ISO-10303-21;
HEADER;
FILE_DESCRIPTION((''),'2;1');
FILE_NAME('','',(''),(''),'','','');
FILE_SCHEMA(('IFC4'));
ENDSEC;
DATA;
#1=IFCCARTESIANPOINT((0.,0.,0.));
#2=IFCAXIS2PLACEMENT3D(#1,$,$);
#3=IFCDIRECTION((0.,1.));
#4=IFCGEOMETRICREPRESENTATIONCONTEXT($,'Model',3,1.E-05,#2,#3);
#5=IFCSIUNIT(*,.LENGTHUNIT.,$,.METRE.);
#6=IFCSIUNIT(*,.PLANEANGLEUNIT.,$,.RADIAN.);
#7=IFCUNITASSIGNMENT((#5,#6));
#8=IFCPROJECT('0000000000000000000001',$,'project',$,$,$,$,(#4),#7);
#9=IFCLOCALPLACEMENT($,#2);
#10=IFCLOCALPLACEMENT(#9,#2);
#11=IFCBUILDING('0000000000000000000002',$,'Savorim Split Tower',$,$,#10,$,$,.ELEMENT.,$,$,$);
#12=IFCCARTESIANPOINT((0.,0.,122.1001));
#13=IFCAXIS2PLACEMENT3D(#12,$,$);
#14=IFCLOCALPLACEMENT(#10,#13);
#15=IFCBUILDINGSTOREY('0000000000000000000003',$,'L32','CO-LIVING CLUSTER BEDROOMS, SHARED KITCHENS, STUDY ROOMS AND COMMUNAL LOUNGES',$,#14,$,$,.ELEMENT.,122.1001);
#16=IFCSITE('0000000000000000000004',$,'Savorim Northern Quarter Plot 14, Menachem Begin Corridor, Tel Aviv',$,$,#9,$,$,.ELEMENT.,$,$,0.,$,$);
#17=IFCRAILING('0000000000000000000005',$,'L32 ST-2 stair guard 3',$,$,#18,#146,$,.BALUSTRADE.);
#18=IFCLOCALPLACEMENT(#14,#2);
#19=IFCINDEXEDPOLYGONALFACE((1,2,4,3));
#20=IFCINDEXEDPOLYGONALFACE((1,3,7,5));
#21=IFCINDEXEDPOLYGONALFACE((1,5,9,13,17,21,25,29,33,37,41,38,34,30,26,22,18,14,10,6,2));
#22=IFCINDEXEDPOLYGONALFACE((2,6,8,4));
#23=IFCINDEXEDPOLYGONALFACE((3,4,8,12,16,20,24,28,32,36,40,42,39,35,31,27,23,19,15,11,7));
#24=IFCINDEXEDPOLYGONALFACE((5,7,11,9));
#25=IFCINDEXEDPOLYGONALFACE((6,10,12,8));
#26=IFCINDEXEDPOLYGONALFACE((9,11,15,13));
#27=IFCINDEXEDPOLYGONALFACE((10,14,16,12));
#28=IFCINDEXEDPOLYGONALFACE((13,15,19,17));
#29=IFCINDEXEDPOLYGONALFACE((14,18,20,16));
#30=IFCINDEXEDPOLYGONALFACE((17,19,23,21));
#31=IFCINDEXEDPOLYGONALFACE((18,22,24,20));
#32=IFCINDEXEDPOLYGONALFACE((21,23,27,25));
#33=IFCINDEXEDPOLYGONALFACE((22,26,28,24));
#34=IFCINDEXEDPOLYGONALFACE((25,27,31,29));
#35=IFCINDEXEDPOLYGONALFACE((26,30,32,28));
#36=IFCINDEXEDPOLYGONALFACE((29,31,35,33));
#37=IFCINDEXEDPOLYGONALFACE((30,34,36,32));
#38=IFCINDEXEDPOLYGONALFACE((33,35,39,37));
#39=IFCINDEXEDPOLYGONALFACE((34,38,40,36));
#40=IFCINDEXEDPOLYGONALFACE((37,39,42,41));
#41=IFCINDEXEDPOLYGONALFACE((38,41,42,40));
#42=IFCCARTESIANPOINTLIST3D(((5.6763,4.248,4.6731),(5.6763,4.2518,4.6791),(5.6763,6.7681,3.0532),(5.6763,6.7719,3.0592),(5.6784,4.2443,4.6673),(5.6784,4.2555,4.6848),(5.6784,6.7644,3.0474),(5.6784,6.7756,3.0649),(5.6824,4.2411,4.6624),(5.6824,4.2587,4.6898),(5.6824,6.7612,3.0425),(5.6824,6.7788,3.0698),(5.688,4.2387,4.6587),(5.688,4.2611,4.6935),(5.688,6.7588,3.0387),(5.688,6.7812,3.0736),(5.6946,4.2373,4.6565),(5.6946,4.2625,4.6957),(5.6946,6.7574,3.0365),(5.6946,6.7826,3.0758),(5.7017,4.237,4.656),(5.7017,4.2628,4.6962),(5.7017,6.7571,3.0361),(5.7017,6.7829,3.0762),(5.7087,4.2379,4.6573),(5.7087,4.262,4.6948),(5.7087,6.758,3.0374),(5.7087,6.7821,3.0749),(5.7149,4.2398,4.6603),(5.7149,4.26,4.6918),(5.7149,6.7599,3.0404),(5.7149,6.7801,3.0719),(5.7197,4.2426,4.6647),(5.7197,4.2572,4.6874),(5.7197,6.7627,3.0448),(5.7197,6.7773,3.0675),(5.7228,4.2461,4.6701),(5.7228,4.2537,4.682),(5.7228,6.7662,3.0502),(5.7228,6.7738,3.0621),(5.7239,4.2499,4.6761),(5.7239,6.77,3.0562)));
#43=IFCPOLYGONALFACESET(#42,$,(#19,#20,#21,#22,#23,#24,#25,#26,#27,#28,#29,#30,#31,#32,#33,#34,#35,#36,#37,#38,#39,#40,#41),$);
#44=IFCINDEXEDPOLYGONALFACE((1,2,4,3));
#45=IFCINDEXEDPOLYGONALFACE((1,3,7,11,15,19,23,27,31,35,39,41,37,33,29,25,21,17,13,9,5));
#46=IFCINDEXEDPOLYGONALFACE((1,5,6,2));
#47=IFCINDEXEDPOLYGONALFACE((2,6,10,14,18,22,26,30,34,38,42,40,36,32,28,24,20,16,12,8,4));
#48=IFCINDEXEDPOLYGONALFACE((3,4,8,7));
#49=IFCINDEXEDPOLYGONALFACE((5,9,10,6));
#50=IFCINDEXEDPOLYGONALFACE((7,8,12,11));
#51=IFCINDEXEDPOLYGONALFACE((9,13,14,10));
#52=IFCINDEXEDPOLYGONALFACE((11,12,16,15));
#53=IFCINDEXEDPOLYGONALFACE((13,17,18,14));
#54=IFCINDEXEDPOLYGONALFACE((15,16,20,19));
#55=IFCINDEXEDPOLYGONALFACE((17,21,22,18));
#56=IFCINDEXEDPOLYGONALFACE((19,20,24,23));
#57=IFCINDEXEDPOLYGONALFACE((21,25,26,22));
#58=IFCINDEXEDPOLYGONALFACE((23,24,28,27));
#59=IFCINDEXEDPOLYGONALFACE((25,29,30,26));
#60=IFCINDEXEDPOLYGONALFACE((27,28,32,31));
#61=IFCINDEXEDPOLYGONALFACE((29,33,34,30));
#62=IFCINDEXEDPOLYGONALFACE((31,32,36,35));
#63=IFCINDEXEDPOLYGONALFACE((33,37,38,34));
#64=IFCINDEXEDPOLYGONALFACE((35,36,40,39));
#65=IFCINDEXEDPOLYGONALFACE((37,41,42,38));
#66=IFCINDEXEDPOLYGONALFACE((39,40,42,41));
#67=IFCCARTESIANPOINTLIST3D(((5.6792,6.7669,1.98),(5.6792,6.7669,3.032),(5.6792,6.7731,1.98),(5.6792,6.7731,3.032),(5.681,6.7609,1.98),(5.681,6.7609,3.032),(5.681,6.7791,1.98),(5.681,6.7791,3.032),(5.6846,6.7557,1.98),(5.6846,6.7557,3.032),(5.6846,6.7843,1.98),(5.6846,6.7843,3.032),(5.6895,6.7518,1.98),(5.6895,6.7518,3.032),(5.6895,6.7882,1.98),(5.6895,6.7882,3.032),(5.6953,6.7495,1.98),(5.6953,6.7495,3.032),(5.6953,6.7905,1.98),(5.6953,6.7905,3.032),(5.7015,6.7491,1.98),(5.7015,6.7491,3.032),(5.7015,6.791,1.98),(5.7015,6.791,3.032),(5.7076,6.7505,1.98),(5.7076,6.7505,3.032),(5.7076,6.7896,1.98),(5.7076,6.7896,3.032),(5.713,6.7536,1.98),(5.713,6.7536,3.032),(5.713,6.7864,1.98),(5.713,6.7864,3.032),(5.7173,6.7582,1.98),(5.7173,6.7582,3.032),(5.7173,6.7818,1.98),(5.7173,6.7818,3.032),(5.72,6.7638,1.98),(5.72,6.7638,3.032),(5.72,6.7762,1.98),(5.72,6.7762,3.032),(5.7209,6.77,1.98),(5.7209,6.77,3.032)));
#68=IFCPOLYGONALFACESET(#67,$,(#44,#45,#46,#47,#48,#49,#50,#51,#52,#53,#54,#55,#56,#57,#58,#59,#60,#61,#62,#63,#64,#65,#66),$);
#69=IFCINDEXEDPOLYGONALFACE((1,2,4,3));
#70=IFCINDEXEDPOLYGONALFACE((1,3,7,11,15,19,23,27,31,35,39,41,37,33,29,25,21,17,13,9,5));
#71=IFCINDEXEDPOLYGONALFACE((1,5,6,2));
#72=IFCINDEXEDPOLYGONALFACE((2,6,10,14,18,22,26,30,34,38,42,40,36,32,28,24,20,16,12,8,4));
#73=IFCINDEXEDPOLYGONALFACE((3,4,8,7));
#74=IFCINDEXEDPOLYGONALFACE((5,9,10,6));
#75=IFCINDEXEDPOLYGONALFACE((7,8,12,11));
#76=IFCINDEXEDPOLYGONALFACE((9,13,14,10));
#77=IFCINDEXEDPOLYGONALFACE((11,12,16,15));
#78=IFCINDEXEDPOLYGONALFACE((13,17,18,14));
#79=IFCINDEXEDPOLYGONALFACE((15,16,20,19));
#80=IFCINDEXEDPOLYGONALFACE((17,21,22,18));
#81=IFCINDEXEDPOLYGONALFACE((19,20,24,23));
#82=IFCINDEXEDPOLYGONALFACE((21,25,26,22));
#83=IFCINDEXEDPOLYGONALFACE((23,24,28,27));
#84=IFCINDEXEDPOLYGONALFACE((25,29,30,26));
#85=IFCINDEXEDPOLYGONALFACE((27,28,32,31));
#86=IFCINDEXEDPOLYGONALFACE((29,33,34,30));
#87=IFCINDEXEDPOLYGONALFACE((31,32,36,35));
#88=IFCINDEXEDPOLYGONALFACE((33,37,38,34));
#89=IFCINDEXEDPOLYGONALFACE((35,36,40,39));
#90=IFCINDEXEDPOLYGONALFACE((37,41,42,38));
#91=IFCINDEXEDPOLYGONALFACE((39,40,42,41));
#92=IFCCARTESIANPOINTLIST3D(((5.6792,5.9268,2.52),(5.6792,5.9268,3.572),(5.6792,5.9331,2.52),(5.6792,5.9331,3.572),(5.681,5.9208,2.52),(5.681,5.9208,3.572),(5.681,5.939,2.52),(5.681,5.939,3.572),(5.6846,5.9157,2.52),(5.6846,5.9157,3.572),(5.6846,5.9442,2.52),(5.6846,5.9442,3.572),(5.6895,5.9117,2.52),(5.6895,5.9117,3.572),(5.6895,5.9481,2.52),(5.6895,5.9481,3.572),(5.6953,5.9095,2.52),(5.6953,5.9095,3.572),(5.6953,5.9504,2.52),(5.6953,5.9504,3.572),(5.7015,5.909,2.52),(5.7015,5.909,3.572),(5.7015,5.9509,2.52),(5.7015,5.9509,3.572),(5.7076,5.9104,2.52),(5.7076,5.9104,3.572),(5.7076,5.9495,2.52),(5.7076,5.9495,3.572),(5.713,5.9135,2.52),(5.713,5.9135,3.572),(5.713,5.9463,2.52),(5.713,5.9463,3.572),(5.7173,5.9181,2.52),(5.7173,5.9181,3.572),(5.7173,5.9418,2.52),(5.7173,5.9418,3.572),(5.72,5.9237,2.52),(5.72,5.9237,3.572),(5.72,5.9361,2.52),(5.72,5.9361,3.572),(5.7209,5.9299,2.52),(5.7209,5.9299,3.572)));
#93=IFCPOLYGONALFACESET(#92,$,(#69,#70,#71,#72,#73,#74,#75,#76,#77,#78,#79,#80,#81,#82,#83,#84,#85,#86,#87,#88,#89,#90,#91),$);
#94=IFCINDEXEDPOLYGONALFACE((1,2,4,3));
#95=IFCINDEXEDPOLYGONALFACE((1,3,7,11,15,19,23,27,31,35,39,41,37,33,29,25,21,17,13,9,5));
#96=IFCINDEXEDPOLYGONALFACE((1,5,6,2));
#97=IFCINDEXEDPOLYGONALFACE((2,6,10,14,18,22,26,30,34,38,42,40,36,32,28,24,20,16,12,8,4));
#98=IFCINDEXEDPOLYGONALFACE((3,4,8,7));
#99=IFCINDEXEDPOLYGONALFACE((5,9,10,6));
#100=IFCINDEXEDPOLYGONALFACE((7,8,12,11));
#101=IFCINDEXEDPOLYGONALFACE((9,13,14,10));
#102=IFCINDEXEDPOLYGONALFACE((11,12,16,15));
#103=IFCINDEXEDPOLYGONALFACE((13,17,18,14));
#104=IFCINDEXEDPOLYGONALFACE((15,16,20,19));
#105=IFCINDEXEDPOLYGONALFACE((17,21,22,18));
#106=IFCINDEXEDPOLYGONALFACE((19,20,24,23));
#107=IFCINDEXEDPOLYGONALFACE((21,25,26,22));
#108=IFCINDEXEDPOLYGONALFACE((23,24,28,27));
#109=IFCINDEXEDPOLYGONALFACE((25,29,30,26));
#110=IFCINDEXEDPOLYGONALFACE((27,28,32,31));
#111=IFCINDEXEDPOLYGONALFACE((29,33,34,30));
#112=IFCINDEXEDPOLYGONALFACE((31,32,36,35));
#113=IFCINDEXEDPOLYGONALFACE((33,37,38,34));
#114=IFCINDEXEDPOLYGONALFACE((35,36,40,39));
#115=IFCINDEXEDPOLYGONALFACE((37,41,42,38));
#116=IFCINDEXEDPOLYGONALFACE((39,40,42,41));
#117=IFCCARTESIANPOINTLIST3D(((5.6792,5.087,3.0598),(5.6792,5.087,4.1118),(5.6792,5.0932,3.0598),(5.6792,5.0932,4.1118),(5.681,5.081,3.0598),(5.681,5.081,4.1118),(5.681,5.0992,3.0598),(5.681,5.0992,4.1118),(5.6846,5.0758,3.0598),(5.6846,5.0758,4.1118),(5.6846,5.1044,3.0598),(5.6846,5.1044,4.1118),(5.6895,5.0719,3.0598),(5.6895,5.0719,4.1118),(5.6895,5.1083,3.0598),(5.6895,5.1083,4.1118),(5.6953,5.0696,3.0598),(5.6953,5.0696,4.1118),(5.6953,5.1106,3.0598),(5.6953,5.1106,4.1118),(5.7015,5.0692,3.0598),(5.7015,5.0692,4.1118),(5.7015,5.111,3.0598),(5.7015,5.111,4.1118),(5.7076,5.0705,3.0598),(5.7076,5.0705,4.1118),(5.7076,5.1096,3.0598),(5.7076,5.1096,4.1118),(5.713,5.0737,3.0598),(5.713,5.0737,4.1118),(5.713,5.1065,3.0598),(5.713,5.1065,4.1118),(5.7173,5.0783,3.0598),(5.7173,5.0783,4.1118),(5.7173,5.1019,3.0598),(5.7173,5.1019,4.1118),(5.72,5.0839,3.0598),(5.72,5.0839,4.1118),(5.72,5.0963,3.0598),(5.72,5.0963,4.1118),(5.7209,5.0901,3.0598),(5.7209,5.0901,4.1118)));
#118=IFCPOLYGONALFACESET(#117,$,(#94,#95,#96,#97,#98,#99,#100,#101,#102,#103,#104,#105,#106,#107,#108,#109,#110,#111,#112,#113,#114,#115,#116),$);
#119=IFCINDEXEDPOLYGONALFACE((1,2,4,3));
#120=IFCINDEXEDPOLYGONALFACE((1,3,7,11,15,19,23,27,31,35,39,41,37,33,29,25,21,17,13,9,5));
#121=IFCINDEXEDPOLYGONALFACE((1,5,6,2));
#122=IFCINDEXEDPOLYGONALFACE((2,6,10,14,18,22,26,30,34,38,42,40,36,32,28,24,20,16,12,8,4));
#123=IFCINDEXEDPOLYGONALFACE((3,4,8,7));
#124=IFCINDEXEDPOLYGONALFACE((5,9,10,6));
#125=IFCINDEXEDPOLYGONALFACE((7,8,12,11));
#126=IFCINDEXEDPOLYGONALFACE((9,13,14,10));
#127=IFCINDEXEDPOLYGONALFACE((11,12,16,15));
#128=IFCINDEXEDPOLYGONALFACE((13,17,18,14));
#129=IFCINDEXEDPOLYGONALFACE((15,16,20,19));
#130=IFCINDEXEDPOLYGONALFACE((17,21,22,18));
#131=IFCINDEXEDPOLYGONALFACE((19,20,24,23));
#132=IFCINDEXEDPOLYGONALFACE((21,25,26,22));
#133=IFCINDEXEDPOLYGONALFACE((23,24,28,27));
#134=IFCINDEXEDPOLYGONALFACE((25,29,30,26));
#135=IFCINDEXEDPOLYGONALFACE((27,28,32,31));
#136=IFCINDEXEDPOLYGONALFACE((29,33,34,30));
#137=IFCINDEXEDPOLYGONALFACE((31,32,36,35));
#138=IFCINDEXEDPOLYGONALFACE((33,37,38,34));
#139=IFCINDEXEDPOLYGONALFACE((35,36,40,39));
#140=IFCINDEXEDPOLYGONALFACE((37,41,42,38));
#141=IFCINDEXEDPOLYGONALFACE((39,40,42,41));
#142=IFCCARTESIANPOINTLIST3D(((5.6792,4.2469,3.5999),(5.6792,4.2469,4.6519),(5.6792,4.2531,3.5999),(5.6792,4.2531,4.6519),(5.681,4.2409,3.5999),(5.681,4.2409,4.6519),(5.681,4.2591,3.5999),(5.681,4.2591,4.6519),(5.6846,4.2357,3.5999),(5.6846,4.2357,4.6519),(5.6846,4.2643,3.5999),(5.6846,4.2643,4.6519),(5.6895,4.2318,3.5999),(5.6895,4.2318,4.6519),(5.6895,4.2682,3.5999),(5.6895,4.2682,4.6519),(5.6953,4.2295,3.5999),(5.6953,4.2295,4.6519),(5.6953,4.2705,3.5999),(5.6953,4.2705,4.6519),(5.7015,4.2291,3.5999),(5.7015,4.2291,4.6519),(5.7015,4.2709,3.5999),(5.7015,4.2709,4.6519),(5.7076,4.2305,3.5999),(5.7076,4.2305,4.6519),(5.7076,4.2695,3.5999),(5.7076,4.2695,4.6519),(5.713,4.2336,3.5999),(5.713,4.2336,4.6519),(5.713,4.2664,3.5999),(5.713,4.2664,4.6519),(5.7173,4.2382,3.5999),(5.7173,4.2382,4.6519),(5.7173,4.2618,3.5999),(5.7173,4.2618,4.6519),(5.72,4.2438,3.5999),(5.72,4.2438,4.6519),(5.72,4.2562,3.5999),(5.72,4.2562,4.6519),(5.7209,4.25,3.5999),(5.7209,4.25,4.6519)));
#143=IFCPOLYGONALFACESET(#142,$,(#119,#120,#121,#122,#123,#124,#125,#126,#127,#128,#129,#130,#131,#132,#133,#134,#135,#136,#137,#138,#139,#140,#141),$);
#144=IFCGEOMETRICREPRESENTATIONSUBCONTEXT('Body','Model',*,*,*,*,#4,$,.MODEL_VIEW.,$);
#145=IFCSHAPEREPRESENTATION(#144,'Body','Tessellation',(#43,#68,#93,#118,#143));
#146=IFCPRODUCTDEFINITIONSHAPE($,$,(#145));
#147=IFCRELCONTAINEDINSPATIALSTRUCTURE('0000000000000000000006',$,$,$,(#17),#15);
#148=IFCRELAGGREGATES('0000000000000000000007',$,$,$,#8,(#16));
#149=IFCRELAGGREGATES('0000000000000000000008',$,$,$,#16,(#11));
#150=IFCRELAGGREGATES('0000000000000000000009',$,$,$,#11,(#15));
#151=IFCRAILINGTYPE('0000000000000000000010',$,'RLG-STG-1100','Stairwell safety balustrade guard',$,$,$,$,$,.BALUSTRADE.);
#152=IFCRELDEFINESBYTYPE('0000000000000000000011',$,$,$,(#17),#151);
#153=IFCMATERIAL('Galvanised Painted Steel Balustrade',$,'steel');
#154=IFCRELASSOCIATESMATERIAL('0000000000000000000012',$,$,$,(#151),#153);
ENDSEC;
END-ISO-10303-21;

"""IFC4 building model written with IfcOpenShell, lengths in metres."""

from ifc_helpers import new_model, si_unit, direction, frame, origin, origin_2d, place, context, subcontext, project, spatial, circle, extrude, material, type_object, element, save


model = new_model("IFC4")

# Units and contexts
model_context = context("Model", 3, precision=1e-05, world=origin(), true_north=direction((0.0, 1.0)))
body_context = subcontext(model_context, "Body", "Model", "MODEL_VIEW")
ifc_project = project(units=[si_unit("LENGTHUNIT", "METRE"), si_unit("PLANEANGLEUNIT", "RADIAN")], contexts=[model_context])

# Site, building, storey
site_placement = place(None, origin())
site = spatial("IfcSite", under=ifc_project, at=site_placement, Name="Savorim Northern Quarter Plot 14, Menachem Begin Corridor, Tel Aviv", CompositionType="ELEMENT", RefElevation=0.0)
building_placement = place(site_placement, origin())
building = spatial("IfcBuilding", under=site, at=building_placement, Name="Savorim Split Tower", CompositionType="ELEMENT")
storey_placement = place(building_placement, frame((0.0, 0.0, 122.1001)))
storey = spatial("IfcBuildingStorey", under=building, at=storey_placement, Name="L32", Description="CO-LIVING CLUSTER BEDROOMS, SHARED KITCHENS, STUDY ROOMS AND COMMUNAL LOUNGES", CompositionType="ELEMENT", Elevation=122.1001)

# Railing
ifc_material_1 = material(Name="Galvanised Painted Steel Balustrade", Category="steel")
railing_type_1 = type_object("IfcRailingType", Name="RLG-STG-1100", Description="Stairwell safety balustrade guard", PredefinedType="BALUSTRADE", material=ifc_material_1)
railing_1_placement = place(storey_placement, frame((5.7, 6.77, 1.98)))
element("IfcRailing", 1, at=railing_1_placement, inside=storey, type_object=railing_type_1, Name="L32 ST-2 stair guard 3", PredefinedType="BALUSTRADE", context=body_context, shape_type="SweptSolid", body=[
    extrude(circle(Radius=0.0239, at=origin_2d()), frame((0.0, 0.0, 1.0762), z_axis=(0.0, -0.8412, 0.540725), x_axis=(1.0, 0.0, 0.0)), (0.0, 0.0, 1.0), 2.9958),
    extrude(circle(Radius=0.021, at=origin_2d()), origin(), (0.0, 0.0, 1.0), 1.052),
    extrude(circle(Radius=0.021, at=origin_2d()), frame((0.0, -0.8401, 0.54)), (0.0, 0.0, 1.0), 1.052),
    extrude(circle(Radius=0.021, at=origin_2d()), frame((0.0, -1.6799, 1.0798)), (0.0, 0.0, 1.0), 1.052),
    extrude(circle(Radius=0.021, at=origin_2d()), frame((0.0, -2.52, 1.6199)), (0.0, 0.0, 1.0), 1.052),
])

save(model, "model.ifc")
